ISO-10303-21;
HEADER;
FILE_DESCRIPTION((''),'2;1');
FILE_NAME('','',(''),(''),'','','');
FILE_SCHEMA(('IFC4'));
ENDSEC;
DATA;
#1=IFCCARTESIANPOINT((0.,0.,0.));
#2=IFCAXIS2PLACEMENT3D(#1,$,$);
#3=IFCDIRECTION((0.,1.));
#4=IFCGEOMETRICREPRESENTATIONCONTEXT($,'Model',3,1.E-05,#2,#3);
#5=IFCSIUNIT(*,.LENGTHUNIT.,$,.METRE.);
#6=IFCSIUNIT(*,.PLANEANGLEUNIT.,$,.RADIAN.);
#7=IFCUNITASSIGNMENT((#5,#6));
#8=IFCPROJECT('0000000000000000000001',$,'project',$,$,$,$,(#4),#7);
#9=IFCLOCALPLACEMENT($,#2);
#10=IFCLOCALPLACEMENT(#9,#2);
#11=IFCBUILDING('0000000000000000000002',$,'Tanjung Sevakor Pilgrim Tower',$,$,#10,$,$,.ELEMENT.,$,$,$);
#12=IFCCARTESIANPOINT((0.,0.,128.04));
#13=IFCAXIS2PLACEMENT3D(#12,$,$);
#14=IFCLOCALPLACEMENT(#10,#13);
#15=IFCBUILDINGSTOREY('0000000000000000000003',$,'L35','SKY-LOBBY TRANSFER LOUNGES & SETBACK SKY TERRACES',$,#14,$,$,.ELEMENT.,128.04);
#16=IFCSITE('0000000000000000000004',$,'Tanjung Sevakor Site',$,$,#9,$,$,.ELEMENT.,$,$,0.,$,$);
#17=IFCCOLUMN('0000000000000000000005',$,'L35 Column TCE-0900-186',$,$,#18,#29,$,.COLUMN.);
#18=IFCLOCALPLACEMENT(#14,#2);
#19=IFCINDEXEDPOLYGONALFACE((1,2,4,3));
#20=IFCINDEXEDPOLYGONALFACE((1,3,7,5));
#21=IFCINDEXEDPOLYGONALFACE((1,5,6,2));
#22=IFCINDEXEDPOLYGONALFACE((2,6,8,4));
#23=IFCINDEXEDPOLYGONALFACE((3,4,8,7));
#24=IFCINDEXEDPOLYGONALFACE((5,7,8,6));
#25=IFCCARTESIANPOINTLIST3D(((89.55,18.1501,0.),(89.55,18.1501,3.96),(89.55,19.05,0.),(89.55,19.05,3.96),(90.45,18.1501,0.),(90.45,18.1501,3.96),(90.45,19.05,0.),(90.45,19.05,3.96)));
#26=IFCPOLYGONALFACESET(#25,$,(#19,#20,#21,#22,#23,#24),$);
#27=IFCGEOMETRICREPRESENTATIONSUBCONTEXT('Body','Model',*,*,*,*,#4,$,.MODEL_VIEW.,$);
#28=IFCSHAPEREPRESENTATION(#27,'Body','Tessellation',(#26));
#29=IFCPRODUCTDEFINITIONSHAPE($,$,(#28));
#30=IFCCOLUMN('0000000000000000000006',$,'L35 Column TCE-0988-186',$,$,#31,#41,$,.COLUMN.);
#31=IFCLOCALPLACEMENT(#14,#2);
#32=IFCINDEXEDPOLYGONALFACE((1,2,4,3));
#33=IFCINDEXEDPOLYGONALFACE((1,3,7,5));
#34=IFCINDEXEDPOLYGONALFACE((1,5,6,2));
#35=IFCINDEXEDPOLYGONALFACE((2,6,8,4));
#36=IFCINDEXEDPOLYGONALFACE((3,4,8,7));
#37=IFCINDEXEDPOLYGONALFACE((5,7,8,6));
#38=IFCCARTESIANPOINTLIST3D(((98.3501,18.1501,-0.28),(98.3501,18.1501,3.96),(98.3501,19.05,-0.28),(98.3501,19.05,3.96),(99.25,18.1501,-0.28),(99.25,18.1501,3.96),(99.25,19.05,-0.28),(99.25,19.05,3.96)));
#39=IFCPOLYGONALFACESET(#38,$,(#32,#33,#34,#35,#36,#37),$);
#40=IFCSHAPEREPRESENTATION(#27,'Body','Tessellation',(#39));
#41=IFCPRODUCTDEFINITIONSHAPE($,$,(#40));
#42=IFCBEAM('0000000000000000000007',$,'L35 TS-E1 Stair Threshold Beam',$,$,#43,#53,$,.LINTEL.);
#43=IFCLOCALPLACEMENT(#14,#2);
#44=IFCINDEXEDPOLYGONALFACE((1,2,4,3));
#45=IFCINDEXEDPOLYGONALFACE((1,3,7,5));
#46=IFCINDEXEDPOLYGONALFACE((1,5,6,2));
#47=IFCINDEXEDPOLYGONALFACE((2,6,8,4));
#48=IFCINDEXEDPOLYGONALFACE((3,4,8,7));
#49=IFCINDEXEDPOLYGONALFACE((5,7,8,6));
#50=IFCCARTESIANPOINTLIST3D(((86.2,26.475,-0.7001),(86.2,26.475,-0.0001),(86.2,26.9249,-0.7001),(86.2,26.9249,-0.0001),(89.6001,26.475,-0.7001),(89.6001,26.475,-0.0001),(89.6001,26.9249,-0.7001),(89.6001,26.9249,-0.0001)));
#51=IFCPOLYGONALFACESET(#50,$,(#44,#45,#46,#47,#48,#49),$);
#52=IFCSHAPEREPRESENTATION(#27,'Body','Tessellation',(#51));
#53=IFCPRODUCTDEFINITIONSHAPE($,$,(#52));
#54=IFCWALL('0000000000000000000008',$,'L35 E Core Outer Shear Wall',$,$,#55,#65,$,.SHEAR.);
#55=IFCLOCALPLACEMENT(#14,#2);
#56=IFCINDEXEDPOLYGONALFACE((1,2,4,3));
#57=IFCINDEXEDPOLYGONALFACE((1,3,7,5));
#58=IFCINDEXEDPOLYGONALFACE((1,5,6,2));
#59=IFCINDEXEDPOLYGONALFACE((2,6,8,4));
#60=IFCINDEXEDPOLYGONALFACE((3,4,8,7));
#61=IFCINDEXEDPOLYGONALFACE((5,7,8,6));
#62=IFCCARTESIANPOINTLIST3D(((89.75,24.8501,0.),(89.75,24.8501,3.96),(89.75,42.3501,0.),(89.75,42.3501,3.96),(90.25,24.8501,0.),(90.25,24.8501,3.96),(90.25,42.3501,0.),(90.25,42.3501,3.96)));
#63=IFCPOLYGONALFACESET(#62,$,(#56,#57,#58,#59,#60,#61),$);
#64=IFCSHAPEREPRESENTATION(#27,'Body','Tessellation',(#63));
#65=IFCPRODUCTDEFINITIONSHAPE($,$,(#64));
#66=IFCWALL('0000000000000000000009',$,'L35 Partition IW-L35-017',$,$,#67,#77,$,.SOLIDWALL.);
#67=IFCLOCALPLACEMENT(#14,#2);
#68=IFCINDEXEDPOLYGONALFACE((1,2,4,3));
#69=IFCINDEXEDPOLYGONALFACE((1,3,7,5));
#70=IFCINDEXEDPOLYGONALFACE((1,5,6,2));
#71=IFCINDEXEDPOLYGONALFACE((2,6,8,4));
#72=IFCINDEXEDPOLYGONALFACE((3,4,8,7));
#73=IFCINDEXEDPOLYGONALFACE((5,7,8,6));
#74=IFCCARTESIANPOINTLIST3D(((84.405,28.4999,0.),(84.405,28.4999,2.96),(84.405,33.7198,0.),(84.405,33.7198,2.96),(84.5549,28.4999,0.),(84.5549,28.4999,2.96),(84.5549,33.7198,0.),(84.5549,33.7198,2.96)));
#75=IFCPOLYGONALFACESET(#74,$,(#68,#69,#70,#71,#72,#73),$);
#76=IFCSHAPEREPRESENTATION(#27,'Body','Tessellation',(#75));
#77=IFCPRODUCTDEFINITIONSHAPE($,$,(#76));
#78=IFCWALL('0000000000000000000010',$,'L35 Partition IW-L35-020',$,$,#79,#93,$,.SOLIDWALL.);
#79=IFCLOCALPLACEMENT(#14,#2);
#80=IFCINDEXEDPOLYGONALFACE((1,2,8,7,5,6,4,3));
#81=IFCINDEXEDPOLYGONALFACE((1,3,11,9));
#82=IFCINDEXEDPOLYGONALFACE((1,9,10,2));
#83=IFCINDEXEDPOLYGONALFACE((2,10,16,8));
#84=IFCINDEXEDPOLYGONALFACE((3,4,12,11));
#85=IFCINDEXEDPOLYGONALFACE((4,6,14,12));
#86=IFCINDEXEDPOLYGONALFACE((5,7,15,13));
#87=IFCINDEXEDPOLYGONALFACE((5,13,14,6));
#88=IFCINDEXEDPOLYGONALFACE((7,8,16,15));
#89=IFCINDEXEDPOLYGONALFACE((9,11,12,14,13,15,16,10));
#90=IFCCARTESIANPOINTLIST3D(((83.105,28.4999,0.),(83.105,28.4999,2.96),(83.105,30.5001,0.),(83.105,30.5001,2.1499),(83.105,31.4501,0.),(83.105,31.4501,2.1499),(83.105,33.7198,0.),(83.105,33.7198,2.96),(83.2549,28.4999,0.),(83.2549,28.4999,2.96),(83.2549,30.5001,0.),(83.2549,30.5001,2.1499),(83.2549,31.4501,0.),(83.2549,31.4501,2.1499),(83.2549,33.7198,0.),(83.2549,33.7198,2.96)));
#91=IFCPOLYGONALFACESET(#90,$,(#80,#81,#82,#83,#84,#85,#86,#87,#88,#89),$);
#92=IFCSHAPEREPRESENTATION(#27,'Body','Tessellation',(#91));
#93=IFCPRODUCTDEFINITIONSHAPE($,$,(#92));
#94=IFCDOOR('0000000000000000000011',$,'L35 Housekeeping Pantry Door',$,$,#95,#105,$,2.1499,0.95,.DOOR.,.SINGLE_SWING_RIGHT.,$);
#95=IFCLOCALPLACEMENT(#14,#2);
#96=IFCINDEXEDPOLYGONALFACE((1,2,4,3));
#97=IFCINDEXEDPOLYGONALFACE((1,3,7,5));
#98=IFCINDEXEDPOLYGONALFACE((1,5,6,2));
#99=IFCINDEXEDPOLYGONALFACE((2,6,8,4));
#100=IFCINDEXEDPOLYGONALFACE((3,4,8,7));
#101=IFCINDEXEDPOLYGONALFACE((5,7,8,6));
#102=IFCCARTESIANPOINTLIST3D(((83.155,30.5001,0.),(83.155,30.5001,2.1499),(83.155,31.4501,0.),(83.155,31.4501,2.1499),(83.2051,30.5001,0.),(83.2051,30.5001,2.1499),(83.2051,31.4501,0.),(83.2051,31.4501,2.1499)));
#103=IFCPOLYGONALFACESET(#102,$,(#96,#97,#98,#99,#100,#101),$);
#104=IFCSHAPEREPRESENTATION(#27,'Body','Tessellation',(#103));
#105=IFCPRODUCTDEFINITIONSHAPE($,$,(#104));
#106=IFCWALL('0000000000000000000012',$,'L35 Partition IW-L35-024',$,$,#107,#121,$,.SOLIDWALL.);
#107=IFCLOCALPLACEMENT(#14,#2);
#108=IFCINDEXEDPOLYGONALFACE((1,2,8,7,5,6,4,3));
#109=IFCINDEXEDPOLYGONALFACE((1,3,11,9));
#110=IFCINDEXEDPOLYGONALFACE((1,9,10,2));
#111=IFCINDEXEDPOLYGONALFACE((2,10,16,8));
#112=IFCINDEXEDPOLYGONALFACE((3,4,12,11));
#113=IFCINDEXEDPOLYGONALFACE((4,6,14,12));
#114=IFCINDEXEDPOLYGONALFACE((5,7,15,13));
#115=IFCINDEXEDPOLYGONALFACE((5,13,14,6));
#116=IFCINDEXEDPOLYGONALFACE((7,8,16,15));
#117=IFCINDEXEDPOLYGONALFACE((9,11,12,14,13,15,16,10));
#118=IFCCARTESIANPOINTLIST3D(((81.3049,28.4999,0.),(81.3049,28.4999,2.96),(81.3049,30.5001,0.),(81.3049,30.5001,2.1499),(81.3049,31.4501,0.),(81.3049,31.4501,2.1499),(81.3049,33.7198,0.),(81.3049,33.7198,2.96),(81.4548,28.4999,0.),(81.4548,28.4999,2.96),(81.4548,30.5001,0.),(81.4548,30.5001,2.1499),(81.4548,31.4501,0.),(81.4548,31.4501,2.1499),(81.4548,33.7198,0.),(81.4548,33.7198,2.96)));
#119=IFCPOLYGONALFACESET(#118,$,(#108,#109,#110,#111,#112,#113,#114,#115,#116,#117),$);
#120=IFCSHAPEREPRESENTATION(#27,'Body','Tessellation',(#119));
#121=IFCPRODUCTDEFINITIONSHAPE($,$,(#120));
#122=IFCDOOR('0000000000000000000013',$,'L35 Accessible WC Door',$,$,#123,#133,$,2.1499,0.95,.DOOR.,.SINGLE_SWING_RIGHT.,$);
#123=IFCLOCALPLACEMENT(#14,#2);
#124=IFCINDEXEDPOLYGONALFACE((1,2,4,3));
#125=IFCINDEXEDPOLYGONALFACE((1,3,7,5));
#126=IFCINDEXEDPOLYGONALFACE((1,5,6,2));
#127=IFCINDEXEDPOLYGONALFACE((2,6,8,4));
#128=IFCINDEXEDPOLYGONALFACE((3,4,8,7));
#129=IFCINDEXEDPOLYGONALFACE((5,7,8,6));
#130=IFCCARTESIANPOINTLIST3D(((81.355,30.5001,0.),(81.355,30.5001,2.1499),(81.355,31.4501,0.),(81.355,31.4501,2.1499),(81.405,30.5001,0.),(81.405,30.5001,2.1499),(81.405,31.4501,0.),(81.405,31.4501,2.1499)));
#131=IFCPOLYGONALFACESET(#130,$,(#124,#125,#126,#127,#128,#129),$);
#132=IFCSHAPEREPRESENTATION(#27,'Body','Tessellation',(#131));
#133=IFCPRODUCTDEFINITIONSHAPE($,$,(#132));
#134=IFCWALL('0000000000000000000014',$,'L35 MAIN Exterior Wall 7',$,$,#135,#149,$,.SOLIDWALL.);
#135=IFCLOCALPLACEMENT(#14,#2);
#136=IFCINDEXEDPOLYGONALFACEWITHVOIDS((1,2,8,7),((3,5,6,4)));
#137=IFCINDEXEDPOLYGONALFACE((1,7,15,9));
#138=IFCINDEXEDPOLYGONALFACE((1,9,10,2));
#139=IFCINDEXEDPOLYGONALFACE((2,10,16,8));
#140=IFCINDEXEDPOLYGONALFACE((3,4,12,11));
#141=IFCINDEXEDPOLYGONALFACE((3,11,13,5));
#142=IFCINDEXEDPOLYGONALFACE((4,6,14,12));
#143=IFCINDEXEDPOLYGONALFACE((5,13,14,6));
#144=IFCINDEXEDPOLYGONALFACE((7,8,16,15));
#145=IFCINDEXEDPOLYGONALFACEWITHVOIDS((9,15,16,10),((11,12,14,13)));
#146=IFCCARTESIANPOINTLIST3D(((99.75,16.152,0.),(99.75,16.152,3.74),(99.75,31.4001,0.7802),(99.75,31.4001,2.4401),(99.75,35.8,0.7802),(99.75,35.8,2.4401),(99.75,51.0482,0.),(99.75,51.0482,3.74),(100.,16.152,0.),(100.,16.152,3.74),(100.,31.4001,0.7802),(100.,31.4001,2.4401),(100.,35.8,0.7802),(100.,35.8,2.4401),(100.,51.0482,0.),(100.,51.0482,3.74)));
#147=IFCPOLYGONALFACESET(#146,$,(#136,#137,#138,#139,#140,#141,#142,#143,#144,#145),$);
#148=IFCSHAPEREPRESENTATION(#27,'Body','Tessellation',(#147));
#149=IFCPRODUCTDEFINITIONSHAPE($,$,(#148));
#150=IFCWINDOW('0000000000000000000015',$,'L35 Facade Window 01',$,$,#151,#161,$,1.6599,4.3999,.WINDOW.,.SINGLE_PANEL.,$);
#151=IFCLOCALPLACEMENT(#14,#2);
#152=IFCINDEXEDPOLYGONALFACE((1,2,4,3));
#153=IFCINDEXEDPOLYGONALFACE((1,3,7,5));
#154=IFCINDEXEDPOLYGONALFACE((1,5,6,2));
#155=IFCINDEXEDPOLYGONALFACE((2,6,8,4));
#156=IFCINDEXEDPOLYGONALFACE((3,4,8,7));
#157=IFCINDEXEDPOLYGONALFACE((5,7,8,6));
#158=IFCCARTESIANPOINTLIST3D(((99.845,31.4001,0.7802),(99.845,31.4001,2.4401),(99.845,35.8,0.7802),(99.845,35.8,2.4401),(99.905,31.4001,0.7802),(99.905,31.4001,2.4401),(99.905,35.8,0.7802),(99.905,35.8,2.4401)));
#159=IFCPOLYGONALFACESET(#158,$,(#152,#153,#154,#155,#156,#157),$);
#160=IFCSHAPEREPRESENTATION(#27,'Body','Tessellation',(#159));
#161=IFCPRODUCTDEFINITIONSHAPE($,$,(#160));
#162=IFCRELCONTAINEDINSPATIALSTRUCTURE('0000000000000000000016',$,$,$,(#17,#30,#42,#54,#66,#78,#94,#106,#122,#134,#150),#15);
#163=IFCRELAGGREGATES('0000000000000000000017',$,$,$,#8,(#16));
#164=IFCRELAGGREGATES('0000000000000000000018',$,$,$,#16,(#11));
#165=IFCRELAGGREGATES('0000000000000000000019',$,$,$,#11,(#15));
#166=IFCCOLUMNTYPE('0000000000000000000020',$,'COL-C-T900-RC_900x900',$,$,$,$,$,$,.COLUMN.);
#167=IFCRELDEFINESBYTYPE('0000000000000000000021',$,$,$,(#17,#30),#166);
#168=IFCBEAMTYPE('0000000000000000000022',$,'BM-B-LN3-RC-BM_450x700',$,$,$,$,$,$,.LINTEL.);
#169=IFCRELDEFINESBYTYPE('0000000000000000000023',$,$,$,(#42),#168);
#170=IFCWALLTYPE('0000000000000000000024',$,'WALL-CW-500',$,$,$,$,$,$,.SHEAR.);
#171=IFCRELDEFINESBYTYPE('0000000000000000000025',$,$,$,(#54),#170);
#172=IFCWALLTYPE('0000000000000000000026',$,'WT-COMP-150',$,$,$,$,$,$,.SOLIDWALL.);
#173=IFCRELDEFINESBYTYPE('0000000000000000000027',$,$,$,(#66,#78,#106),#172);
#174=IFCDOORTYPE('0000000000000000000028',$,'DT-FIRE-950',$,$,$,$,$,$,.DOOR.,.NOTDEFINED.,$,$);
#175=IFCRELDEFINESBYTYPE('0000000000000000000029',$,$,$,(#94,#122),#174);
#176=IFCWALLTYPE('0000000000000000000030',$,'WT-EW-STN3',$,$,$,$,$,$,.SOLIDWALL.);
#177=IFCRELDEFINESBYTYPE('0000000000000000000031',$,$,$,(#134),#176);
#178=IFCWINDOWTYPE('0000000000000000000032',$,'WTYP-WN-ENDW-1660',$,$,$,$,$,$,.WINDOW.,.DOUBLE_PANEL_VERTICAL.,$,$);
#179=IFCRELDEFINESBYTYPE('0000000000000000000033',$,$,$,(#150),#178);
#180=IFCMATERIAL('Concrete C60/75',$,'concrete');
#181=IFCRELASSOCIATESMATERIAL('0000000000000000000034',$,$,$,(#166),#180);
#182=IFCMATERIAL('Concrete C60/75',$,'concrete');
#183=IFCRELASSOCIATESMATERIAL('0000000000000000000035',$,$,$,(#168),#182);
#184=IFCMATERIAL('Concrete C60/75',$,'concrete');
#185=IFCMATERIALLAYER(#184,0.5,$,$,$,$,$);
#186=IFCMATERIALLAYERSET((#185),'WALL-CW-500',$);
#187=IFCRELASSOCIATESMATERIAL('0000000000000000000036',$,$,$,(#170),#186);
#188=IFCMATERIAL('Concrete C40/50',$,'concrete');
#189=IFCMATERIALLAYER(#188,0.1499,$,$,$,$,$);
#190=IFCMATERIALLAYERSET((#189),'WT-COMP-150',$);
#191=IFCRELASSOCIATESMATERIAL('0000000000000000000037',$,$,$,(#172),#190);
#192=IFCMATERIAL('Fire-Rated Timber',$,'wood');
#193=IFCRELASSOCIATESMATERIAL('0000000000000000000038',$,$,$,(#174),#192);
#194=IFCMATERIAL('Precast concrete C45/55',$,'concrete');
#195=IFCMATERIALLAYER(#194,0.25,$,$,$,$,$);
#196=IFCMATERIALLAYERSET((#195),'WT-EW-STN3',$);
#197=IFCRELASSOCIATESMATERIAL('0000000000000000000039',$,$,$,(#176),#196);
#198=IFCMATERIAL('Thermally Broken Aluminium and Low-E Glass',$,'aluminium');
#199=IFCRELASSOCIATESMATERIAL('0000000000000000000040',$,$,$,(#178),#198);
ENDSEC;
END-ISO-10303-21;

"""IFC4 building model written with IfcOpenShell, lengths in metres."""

from ifc_helpers import new_model, si_unit, direction, frame, frame_2d, origin, origin_2d, place, context, subcontext, project, spatial, rectangle, extrude, material, layer, layer_set, material_profile, profile_set, type_object, element, fill, save


model = new_model("IFC4")

# Units and contexts
model_context = context("Model", 3, precision=1e-05, world=origin(), true_north=direction((0.0, 1.0)))
body_context = subcontext(model_context, "Body", "Model", "MODEL_VIEW")
ifc_project = project(units=[si_unit("LENGTHUNIT", "METRE"), si_unit("PLANEANGLEUNIT", "RADIAN")], contexts=[model_context])

# Site, building, storey
site_placement = place(None, origin())
site = spatial("IfcSite", under=ifc_project, at=site_placement, Name="Tanjung Sevakor Site", CompositionType="ELEMENT", RefElevation=0.0)
building_placement = place(site_placement, origin())
building = spatial("IfcBuilding", under=site, at=building_placement, Name="Tanjung Sevakor Pilgrim Tower", CompositionType="ELEMENT")
storey_placement = place(building_placement, frame((0.0, 0.0, 128.04)))
storey = spatial("IfcBuildingStorey", under=building, at=storey_placement, Name="L35", Description="SKY-LOBBY TRANSFER LOUNGES & SETBACK SKY TERRACES", CompositionType="ELEMENT", Elevation=128.04)

# Columns
ifc_material_1 = material(Name="Concrete C60/75", Category="concrete")
ifc_material_profile_1 = material_profile(ifc_material_1, rectangle(XDim=0.8999, YDim=0.8999, at=origin_2d()))
ifc_profile_set_1 = profile_set([ifc_material_profile_1], Name="Concrete C60/75")
column_type = type_object("IfcColumnType", Name="COL-C-T900-RC_900x900", PredefinedType="COLUMN", material=ifc_profile_set_1)
column_1_placement = place(storey_placement, frame((90.0, 18.6001, 0.0), z_axis=(0.0, 0.0, 1.0), x_axis=(1.0, 0.0, 0.0)))
element("IfcColumn", 1, at=column_1_placement, inside=storey, type_object=column_type, Name="L35 Column TCE-0900-186", PredefinedType="COLUMN", context=body_context, shape_type="SweptSolid", body=[
    extrude(rectangle(XDim=0.8999, YDim=0.8999, at=origin_2d()), origin(), (0.0, 0.0, 1.0), 3.96),
])
column_2_placement = place(storey_placement, frame((98.8, 18.6001, -0.28), z_axis=(0.0, 0.0, 1.0), x_axis=(1.0, 0.0, 0.0)))
element("IfcColumn", 2, at=column_2_placement, inside=storey, type_object=column_type, Name="L35 Column TCE-0988-186", PredefinedType="COLUMN", context=body_context, shape_type="SweptSolid", body=[
    extrude(rectangle(XDim=0.8999, YDim=0.8999, at=origin_2d()), origin(), (0.0, 0.0, 1.0), 4.24),
])

# Beam
ifc_material_2 = material(Name="Concrete C60/75", Category="concrete")
ifc_material_profile_2 = material_profile(ifc_material_2, rectangle(XDim=0.45, YDim=0.7, at=origin_2d()))
ifc_profile_set_2 = profile_set([ifc_material_profile_2], Name="Concrete C60/75")
beam_type = type_object("IfcBeamType", Name="BM-B-LN3-RC-BM_450x700", PredefinedType="LINTEL", material=ifc_profile_set_2)
beam_placement = place(storey_placement, frame((86.2, 26.7, -0.3501), z_axis=(1.0, 0.0, 0.0), x_axis=(0.0, 1.0, 0.0)))
element("IfcBeam", 3, at=beam_placement, inside=storey, type_object=beam_type, Name="L35 TS-E1 Stair Threshold Beam", PredefinedType="LINTEL", context=body_context, shape_type="SweptSolid", body=[
    extrude(rectangle(XDim=0.45, YDim=0.7, at=origin_2d()), origin(), (0.0, 0.0, 1.0), 3.4001),
])

# Wall
ifc_material_3 = material(Name="Concrete C60/75", Category="concrete")
ifc_layer_1 = layer(ifc_material_3, 0.5)
ifc_layer_set_1 = layer_set([ifc_layer_1], Name="WALL-CW-500")
wall_type_1 = type_object("IfcWallType", Name="WALL-CW-500", PredefinedType="SHEAR", material=ifc_layer_set_1)
wall_1_placement = place(storey_placement, frame((90.0, 24.8501, 0.0), z_axis=(0.0, 0.0, 1.0), x_axis=(0.0, 1.0, 0.0)))
element("IfcWall", 4, at=wall_1_placement, inside=storey, type_object=wall_type_1, Name="L35 E Core Outer Shear Wall", PredefinedType="SHEAR", context=body_context, shape_type="SweptSolid", body=[
    extrude(rectangle(XDim=17.5, YDim=0.5, at=frame_2d((8.75, 0.0))), origin(), (0.0, 0.0, 1.0), 3.96),
])

# Wall
ifc_material_4 = material(Name="Concrete C40/50", Category="concrete")
ifc_layer_2 = layer(ifc_material_4, 0.1499)
ifc_layer_set_2 = layer_set([ifc_layer_2], Name="WT-COMP-150")
wall_type_2 = type_object("IfcWallType", Name="WT-COMP-150", PredefinedType="SOLIDWALL", material=ifc_layer_set_2)
wall_2_placement = place(storey_placement, frame((84.48, 28.5, 0.0), z_axis=(0.0, 0.0, 1.0), x_axis=(0.0, 1.0, 0.0)))
element("IfcWall", 5, at=wall_2_placement, inside=storey, type_object=wall_type_2, Name="L35 Partition IW-L35-017", PredefinedType="SOLIDWALL", context=body_context, shape_type="SweptSolid", body=[
    extrude(rectangle(XDim=5.22, YDim=0.1499, at=frame_2d((2.6099, 0.0))), origin(), (0.0, 0.0, 1.0), 2.96),
])

# Walls, openings, doors
wall_3_placement = place(storey_placement, frame((83.1799, 28.5, 0.0), z_axis=(0.0, 0.0, 1.0), x_axis=(0.0, 1.0, 0.0)))
wall_3 = element("IfcWall", 6, at=wall_3_placement, inside=storey, type_object=wall_type_2, Name="L35 Partition IW-L35-020", PredefinedType="SOLIDWALL", context=body_context, shape_type="SweptSolid", body=[
    extrude(rectangle(XDim=5.22, YDim=0.1499, at=frame_2d((2.6099, 0.0))), origin(), (0.0, 0.0, 1.0), 2.96),
])
opening_1_placement = place(wall_3_placement, frame((2.0, 0.0, 0.0)))
opening_1 = element("IfcOpeningElement", 7, at=opening_1_placement, cuts=wall_3, PredefinedType="OPENING", context=body_context, shape_type="SweptSolid", body=[
    extrude(rectangle(XDim=0.95, YDim=2.1499, at=frame_2d((0.4751, 1.075))), frame((0.0, 0.085, 0.0), z_axis=(0.0, -1.0, 0.0), x_axis=(1.0, 0.0, 0.0)), (0.0, 0.0, 1.0), 0.1699),
])
ifc_material_5 = material(Name="Fire-Rated Timber", Category="wood")
door_type_1 = type_object("IfcDoorType", Name="DT-FIRE-950", OperationType="NOTDEFINED", PredefinedType="DOOR", material=ifc_material_5)
door_1_placement = place(opening_1_placement, origin())
door_1 = element("IfcDoor", 8, at=door_1_placement, inside=storey, type_object=door_type_1, Name="L35 Housekeeping Pantry Door", OperationType="SINGLE_SWING_RIGHT", OverallHeight=2.1499, OverallWidth=0.95, PredefinedType="DOOR", context=body_context, shape_type="SweptSolid", body=[
    extrude(rectangle(XDim=0.95, YDim=2.1499, at=frame_2d((0.4751, 1.075))), frame((0.0, 0.0249, 0.0), z_axis=(0.0, -1.0, 0.0), x_axis=(1.0, 0.0, 0.0)), (0.0, 0.0, 1.0), 0.05),
])
fill(opening_1, door_1)
wall_4_placement = place(storey_placement, frame((81.3799, 28.5, 0.0), z_axis=(0.0, 0.0, 1.0), x_axis=(0.0, 1.0, 0.0)))
wall_4 = element("IfcWall", 9, at=wall_4_placement, inside=storey, type_object=wall_type_2, Name="L35 Partition IW-L35-024", PredefinedType="SOLIDWALL", context=body_context, shape_type="SweptSolid", body=[
    extrude(rectangle(XDim=5.22, YDim=0.1499, at=frame_2d((2.6099, 0.0))), origin(), (0.0, 0.0, 1.0), 2.96),
])
opening_2_placement = place(wall_4_placement, frame((2.0, 0.0, 0.0)))
opening_2 = element("IfcOpeningElement", 10, at=opening_2_placement, cuts=wall_4, PredefinedType="OPENING", context=body_context, shape_type="SweptSolid", body=[
    extrude(rectangle(XDim=0.95, YDim=2.1499, at=frame_2d((0.4751, 1.075))), frame((0.0, 0.085, 0.0), z_axis=(0.0, -1.0, 0.0), x_axis=(1.0, 0.0, 0.0)), (0.0, 0.0, 1.0), 0.1699),
])
door_2_placement = place(opening_2_placement, origin())
door_2 = element("IfcDoor", 11, at=door_2_placement, inside=storey, type_object=door_type_1, Name="L35 Accessible WC Door", OperationType="SINGLE_SWING_RIGHT", OverallHeight=2.1499, OverallWidth=0.95, PredefinedType="DOOR", context=body_context, shape_type="SweptSolid", body=[
    extrude(rectangle(XDim=0.95, YDim=2.1499, at=frame_2d((0.4751, 1.075))), frame((0.0, 0.0249, 0.0), z_axis=(0.0, -1.0, 0.0), x_axis=(1.0, 0.0, 0.0)), (0.0, 0.0, 1.0), 0.05),
])
fill(opening_2, door_2)

# Wall, opening, window
ifc_material_6 = material(Name="Precast concrete C45/55", Category="concrete")
ifc_layer_3 = layer(ifc_material_6, 0.25)
ifc_layer_set_3 = layer_set([ifc_layer_3], Name="WT-EW-STN3")
wall_type_3 = type_object("IfcWallType", Name="WT-EW-STN3", PredefinedType="SOLIDWALL", material=ifc_layer_set_3)
wall_5_placement = place(storey_placement, frame((99.875, 16.1519, 0.0), z_axis=(0.0, 0.0, 1.0), x_axis=(0.0, 1.0, 0.0)))
wall_5 = element("IfcWall", 12, at=wall_5_placement, inside=storey, type_object=wall_type_3, Name="L35 MAIN Exterior Wall 7", PredefinedType="SOLIDWALL", context=body_context, shape_type="SweptSolid", body=[
    extrude(rectangle(XDim=34.8962, YDim=0.25, at=frame_2d((17.4482, 0.0))), origin(), (0.0, 0.0, 1.0), 3.74),
])
opening_3_placement = place(wall_5_placement, frame((15.2483, 0.0, 0.78)))
opening_3 = element("IfcOpeningElement", 13, at=opening_3_placement, cuts=wall_5, PredefinedType="OPENING", context=body_context, shape_type="SweptSolid", body=[
    extrude(rectangle(XDim=4.3999, YDim=1.6599, at=frame_2d((2.2, 0.8301))), frame((0.0, 0.135, 0.0), z_axis=(0.0, -1.0, 0.0), x_axis=(1.0, 0.0, 0.0)), (0.0, 0.0, 1.0), 0.27),
])
ifc_material_7 = material(Name="Thermally Broken Aluminium and Low-E Glass", Category="aluminium")
window_type = type_object("IfcWindowType", Name="WTYP-WN-ENDW-1660", PartitioningType="DOUBLE_PANEL_VERTICAL", PredefinedType="WINDOW", material=ifc_material_7)
window_placement = place(opening_3_placement, origin())
window = element("IfcWindow", 14, at=window_placement, inside=storey, type_object=window_type, Name="L35 Facade Window 01", OverallHeight=1.6599, OverallWidth=4.3999, PartitioningType="SINGLE_PANEL", PredefinedType="WINDOW", context=body_context, shape_type="SweptSolid", body=[
    extrude(rectangle(XDim=4.3999, YDim=1.6599, at=frame_2d((2.2, 0.8301))), frame((0.0, 0.03, 0.0), z_axis=(0.0, -1.0, 0.0), x_axis=(1.0, 0.0, 0.0)), (0.0, 0.0, 1.0), 0.0601),
])
fill(opening_3, window)

save(model, "model.ifc")
